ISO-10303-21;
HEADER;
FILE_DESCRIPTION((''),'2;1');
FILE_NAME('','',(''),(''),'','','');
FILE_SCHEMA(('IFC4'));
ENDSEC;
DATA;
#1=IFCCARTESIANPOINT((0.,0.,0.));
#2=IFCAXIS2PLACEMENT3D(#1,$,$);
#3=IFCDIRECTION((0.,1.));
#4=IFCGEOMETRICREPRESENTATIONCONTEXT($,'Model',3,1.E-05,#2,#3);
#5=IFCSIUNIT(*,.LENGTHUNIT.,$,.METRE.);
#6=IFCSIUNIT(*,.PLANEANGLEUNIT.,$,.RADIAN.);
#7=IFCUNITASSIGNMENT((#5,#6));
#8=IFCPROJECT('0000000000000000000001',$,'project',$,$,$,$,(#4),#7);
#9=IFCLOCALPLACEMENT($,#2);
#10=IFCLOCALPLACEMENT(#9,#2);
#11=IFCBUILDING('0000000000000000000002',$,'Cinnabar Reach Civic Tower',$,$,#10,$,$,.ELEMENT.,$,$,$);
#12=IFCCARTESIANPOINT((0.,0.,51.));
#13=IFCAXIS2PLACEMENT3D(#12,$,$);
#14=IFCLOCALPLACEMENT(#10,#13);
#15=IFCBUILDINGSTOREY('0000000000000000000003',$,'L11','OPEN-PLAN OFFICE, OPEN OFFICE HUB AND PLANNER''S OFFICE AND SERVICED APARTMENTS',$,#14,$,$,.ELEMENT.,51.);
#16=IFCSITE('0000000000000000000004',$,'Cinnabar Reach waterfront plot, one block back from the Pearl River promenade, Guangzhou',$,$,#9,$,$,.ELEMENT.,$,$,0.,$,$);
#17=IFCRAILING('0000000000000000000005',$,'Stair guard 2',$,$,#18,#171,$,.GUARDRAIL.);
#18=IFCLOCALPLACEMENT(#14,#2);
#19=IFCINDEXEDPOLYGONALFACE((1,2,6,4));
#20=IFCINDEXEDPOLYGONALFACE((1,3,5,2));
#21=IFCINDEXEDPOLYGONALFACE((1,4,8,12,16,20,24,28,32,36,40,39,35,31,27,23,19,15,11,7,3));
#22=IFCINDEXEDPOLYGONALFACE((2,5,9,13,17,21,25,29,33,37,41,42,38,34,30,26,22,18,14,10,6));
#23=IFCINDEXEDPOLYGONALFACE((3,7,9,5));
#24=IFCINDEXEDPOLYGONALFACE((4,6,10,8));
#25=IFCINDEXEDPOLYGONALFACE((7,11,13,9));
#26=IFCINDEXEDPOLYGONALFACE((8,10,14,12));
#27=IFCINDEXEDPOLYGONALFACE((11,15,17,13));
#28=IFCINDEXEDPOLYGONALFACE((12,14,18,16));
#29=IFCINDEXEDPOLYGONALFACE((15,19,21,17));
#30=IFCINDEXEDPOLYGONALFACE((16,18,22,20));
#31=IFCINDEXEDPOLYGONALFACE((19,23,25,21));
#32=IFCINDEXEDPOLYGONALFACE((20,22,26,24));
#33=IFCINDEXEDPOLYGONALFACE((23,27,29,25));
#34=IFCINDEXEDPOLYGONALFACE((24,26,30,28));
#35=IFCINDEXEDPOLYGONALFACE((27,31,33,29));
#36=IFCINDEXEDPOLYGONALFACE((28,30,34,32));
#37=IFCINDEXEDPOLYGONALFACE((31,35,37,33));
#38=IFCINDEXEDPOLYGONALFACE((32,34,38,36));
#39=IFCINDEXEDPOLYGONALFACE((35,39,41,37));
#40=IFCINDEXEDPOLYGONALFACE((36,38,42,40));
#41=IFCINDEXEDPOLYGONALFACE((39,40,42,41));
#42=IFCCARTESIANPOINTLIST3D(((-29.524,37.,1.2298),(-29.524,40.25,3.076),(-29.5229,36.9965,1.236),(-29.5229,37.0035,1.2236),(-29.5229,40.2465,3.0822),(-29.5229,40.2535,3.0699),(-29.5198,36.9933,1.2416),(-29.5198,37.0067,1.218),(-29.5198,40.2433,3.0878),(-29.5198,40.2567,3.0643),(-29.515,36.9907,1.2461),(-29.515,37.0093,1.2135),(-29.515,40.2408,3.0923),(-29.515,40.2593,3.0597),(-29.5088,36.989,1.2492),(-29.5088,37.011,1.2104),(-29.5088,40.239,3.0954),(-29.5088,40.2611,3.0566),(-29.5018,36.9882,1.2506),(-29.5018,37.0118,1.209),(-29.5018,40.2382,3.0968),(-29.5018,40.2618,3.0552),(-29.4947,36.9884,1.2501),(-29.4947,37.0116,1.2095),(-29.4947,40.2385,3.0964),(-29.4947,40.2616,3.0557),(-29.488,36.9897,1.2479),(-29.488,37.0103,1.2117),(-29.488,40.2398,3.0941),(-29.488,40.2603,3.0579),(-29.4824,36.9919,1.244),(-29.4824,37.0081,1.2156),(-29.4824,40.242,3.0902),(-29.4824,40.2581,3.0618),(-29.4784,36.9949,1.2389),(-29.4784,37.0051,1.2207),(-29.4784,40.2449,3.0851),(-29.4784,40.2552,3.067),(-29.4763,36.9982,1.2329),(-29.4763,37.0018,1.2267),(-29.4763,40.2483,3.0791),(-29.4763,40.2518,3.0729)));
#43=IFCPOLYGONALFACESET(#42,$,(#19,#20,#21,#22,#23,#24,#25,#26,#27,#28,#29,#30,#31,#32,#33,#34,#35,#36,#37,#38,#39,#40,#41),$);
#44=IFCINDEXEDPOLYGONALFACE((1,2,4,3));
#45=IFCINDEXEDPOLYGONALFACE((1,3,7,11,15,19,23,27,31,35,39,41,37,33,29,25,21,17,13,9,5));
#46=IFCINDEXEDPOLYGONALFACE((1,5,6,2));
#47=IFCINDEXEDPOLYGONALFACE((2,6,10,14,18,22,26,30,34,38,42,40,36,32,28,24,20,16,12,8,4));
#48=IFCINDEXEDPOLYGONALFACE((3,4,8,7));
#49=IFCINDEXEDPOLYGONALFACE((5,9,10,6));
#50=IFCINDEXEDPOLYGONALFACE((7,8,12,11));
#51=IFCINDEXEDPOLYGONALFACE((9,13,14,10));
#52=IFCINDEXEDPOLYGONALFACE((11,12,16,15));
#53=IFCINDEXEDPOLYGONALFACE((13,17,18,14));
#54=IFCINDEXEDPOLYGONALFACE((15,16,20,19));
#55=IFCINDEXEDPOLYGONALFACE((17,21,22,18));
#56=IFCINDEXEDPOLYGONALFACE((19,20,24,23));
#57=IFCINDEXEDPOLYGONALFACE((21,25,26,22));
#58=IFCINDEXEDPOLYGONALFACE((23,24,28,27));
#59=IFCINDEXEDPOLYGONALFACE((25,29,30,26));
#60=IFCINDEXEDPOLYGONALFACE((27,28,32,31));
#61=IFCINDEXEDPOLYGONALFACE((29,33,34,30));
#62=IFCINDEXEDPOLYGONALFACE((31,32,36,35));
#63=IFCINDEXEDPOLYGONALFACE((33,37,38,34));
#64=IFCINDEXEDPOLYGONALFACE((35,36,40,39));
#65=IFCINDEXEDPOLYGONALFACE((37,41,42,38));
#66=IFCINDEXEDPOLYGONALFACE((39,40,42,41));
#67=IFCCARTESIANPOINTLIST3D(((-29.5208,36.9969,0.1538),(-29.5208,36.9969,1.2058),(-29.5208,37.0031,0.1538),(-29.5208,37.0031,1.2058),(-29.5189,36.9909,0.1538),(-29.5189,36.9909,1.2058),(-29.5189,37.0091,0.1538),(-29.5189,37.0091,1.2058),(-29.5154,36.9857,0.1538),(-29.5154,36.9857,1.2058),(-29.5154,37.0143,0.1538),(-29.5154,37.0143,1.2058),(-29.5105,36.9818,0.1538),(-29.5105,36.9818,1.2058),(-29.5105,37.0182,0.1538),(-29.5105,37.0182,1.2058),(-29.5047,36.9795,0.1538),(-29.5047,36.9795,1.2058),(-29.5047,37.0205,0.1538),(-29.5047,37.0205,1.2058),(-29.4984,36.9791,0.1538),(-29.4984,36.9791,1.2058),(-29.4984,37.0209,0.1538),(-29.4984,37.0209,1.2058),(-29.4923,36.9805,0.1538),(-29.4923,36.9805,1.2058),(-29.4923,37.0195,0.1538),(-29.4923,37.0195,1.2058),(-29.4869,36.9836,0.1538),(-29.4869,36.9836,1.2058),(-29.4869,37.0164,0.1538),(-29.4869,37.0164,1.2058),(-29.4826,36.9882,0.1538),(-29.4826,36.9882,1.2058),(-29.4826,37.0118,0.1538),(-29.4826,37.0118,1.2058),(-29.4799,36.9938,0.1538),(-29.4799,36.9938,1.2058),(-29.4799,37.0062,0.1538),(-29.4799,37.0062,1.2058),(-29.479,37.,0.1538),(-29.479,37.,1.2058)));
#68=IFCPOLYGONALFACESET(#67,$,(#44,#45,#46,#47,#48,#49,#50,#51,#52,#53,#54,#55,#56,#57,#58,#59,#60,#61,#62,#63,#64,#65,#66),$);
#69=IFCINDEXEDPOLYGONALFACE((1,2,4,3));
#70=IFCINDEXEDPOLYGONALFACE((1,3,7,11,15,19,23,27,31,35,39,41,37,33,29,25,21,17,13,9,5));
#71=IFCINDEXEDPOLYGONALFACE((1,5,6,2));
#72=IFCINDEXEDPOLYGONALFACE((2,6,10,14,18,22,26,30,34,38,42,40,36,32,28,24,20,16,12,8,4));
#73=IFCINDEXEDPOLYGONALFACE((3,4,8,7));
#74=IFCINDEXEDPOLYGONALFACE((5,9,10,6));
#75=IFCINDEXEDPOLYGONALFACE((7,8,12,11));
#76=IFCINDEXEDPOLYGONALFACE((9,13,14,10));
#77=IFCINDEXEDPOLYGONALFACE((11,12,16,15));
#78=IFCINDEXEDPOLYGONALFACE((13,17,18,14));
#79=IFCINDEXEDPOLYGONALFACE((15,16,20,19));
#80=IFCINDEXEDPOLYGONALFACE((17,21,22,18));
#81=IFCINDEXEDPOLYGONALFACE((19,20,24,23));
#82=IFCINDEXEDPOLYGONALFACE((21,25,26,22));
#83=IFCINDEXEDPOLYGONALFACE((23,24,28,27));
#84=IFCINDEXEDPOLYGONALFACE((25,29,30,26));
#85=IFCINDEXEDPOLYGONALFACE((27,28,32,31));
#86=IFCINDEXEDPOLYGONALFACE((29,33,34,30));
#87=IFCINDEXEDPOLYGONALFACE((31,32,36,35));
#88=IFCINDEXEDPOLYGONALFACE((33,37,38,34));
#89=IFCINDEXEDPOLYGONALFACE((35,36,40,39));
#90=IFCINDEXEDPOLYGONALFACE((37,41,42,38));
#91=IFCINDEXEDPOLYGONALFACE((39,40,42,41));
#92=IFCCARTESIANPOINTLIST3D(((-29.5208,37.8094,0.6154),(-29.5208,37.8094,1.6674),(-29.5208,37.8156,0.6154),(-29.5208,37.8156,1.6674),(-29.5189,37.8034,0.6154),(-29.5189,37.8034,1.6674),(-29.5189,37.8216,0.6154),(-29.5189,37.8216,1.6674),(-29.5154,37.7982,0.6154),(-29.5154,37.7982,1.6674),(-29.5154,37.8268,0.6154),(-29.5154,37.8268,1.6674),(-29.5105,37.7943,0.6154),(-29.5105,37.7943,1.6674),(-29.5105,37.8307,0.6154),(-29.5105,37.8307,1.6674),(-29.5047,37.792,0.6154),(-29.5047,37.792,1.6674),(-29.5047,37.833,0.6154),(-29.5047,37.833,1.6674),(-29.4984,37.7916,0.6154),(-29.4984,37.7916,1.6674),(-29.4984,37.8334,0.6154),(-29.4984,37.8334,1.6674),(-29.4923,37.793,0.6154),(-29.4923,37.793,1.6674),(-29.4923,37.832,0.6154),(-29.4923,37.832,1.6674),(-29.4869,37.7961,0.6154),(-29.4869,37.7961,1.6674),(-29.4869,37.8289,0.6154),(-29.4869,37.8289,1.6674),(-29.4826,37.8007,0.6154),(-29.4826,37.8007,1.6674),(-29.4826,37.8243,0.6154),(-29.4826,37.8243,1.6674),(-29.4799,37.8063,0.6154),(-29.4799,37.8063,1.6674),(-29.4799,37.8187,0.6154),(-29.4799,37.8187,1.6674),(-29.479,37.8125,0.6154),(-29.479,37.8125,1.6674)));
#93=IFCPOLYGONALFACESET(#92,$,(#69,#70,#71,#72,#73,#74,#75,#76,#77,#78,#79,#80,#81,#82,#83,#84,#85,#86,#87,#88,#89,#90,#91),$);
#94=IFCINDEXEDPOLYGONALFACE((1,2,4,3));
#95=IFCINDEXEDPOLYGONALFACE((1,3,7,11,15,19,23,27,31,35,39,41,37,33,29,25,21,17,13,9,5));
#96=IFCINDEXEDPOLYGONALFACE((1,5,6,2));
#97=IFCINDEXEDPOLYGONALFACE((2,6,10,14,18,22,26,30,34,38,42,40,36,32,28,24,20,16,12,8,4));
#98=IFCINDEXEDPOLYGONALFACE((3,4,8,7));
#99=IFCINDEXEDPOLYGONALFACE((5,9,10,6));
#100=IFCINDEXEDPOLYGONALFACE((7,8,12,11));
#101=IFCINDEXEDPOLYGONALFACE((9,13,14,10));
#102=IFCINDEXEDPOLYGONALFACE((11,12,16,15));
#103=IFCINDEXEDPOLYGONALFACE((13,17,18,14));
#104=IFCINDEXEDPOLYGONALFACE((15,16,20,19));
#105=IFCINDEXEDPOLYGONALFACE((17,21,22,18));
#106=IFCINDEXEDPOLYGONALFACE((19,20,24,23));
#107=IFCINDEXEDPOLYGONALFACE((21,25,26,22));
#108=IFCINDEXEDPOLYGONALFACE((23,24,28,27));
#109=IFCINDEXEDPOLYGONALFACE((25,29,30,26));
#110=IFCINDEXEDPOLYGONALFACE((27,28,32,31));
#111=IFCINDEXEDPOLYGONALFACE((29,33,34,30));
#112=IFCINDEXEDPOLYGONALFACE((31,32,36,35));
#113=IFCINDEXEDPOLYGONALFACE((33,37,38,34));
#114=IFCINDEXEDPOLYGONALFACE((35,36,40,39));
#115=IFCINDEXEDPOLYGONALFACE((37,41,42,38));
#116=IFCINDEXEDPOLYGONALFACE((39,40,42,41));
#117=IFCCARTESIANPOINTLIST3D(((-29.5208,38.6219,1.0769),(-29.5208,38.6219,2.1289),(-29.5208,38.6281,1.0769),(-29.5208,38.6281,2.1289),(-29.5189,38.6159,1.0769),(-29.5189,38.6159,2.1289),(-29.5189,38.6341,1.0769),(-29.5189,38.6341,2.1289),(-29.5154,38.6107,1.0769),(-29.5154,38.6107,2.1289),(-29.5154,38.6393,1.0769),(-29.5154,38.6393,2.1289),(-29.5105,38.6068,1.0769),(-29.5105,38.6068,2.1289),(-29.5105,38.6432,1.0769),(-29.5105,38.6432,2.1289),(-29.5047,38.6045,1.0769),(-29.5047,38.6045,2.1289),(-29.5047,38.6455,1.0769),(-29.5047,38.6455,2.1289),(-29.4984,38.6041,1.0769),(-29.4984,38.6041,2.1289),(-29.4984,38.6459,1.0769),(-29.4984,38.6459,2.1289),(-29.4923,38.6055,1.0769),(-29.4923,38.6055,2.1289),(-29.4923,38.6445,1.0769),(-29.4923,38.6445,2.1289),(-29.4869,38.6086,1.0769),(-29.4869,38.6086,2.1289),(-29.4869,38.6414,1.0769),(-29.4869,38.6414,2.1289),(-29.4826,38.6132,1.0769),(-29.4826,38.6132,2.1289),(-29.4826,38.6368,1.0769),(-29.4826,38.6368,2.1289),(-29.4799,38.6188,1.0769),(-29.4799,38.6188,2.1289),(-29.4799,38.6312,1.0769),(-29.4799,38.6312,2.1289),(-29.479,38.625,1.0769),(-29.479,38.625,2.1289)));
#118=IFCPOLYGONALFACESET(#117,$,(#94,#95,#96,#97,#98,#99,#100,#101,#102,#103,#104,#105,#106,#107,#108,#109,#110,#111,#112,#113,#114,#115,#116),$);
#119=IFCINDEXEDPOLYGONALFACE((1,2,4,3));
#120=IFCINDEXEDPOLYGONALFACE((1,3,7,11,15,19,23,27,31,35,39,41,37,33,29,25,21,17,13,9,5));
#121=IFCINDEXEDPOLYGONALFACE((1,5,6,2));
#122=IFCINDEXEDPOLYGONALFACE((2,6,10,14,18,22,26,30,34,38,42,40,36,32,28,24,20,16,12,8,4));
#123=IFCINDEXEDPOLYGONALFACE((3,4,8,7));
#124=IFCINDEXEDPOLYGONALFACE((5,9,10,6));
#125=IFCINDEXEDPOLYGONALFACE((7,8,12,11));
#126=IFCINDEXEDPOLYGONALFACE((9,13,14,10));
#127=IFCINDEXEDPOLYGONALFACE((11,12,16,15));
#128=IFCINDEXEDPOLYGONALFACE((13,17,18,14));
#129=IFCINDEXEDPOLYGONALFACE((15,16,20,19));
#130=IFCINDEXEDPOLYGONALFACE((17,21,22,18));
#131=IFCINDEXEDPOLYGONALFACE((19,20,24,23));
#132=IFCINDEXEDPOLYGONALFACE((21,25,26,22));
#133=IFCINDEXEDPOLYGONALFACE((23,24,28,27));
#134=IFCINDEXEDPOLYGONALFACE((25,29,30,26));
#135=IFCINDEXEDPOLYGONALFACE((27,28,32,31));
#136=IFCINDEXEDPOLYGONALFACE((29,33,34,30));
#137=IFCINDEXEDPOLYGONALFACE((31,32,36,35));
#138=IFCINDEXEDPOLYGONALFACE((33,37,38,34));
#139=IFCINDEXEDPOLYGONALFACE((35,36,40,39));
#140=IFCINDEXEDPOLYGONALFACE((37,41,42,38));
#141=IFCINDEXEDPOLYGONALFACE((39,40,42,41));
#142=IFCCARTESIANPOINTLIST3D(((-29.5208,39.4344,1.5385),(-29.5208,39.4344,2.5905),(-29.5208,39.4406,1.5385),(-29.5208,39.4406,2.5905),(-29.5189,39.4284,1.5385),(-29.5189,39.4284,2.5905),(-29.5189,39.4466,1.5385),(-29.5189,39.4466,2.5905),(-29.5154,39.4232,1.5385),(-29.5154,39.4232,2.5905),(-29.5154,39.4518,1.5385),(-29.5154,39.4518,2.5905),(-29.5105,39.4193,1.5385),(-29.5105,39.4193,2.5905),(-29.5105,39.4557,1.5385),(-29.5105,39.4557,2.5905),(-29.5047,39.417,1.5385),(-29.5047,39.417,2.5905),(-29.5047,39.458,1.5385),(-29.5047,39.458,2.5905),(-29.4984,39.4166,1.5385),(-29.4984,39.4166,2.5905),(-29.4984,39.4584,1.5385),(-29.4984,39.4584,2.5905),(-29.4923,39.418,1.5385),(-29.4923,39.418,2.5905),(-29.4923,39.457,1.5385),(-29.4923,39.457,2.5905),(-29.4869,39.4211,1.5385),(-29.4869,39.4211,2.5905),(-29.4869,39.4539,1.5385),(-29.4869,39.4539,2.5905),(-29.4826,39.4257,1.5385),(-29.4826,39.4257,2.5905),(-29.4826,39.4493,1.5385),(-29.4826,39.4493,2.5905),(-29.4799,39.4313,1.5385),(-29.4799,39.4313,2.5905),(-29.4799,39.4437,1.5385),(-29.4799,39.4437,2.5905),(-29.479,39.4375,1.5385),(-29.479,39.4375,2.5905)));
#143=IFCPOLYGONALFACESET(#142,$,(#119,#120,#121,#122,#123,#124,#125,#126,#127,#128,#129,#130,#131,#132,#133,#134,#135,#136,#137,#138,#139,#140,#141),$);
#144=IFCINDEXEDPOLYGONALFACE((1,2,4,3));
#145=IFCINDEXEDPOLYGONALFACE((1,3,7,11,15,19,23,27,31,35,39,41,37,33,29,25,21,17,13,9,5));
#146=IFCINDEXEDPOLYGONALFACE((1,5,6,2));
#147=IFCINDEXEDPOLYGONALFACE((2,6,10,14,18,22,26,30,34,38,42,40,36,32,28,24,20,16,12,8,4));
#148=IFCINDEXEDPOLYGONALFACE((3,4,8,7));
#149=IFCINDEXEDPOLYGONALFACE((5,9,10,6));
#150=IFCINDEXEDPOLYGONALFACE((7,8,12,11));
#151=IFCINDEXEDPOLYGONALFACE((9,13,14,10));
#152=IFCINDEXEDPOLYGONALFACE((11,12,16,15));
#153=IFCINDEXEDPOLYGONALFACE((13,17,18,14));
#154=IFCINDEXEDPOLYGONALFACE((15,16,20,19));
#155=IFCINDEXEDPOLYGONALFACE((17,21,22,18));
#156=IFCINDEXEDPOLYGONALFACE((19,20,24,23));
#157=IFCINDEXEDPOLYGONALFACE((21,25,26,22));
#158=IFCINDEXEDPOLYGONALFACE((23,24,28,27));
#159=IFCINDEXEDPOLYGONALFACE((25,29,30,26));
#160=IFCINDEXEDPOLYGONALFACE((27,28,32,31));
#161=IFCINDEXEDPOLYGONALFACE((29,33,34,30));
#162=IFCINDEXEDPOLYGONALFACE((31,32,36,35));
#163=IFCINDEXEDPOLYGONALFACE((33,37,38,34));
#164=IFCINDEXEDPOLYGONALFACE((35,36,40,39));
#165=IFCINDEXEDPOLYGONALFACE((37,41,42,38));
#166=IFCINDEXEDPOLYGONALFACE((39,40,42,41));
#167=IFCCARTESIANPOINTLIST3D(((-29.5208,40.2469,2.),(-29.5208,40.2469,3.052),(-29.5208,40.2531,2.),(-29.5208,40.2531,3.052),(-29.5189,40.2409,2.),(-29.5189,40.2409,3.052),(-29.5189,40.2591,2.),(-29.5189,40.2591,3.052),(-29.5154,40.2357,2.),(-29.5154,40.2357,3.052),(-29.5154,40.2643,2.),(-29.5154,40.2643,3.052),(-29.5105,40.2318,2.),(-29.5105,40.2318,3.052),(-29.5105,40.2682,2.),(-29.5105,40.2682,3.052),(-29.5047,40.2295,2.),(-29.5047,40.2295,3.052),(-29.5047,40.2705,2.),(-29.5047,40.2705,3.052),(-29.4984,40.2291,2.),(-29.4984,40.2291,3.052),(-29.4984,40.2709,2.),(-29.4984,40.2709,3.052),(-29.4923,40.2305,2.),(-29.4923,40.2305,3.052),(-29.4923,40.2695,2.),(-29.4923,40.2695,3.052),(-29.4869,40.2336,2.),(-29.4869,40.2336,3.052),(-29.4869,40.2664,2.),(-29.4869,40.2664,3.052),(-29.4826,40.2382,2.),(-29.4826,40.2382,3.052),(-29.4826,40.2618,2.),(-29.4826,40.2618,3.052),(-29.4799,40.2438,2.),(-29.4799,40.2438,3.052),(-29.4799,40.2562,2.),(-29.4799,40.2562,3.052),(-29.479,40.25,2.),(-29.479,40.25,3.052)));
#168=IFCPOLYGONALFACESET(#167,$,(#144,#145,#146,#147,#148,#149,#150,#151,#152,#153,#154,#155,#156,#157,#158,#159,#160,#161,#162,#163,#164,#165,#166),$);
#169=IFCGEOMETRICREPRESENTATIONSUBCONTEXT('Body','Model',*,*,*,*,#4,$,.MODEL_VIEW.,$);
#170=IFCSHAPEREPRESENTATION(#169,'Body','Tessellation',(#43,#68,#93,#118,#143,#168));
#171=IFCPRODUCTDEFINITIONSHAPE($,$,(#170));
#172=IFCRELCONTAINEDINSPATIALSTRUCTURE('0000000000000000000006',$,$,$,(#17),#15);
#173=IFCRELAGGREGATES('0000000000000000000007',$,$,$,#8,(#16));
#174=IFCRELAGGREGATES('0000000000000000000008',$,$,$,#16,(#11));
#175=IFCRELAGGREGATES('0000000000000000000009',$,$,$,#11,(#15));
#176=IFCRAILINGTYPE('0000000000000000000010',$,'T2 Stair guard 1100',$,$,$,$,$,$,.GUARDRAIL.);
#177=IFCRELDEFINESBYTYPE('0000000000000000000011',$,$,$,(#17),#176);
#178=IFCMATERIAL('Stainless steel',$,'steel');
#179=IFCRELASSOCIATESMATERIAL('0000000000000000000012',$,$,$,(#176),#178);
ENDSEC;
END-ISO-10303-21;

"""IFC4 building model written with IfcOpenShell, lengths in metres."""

from ifc_helpers import new_model, si_unit, direction, frame, origin, origin_2d, place, context, subcontext, project, spatial, circle, extrude, material, type_object, element, save


model = new_model("IFC4")

# Units and contexts
model_context = context("Model", 3, precision=1e-05, world=origin(), true_north=direction((0.0, 1.0)))
body_context = subcontext(model_context, "Body", "Model", "MODEL_VIEW")
ifc_project = project(units=[si_unit("LENGTHUNIT", "METRE"), si_unit("PLANEANGLEUNIT", "RADIAN")], contexts=[model_context])

# Site, building, storey
site_placement = place(None, origin())
site = spatial("IfcSite", under=ifc_project, at=site_placement, Name="Cinnabar Reach waterfront plot, one block back from the Pearl River promenade, Guangzhou", CompositionType="ELEMENT", RefElevation=0.0)
building_placement = place(site_placement, origin())
building = spatial("IfcBuilding", under=site, at=building_placement, Name="Cinnabar Reach Civic Tower", CompositionType="ELEMENT")
storey_placement = place(building_placement, frame((0.0, 0.0, 51.0)))
storey = spatial("IfcBuildingStorey", under=building, at=storey_placement, Name="L11", Description="OPEN-PLAN OFFICE, OPEN OFFICE HUB AND PLANNER'S OFFICE AND SERVICED APARTMENTS", CompositionType="ELEMENT", Elevation=51.0)

# Railing
ifc_material_1 = material(Name="Stainless steel", Category="steel")
railing_type = type_object("IfcRailingType", Name="T2 Stair guard 1100", PredefinedType="GUARDRAIL", material=ifc_material_1)
railing_1_placement = place(storey_placement, frame((-29.5, 37.0, 0.1538)))
element("IfcRailing", 1, at=railing_1_placement, inside=storey, type_object=railing_type, Name="Stair guard 2", PredefinedType="GUARDRAIL", context=body_context, shape_type="SweptSolid", body=[
    extrude(circle(Radius=0.024, at=origin_2d()), frame((0.0, 0.0, 1.076), z_axis=(0.0, 0.869501, 0.49393), x_axis=(-1.0, 0.0, 0.0)), (0.0, 0.0, 1.0), 3.7378),
    extrude(circle(Radius=0.021, at=origin_2d()), origin(), (0.0, 0.0, 1.0), 1.052),
    extrude(circle(Radius=0.021, at=origin_2d()), frame((0.0, 0.8125, 0.4616)), (0.0, 0.0, 1.0), 1.052),
    extrude(circle(Radius=0.021, at=origin_2d()), frame((0.0, 1.625, 0.9231)), (0.0, 0.0, 1.0), 1.052),
    extrude(circle(Radius=0.021, at=origin_2d()), frame((0.0, 2.4375, 1.3847)), (0.0, 0.0, 1.0), 1.052),
    extrude(circle(Radius=0.021, at=origin_2d()), frame((0.0, 3.25, 1.8462)), (0.0, 0.0, 1.0), 1.052),
])

save(model, "model.ifc")
